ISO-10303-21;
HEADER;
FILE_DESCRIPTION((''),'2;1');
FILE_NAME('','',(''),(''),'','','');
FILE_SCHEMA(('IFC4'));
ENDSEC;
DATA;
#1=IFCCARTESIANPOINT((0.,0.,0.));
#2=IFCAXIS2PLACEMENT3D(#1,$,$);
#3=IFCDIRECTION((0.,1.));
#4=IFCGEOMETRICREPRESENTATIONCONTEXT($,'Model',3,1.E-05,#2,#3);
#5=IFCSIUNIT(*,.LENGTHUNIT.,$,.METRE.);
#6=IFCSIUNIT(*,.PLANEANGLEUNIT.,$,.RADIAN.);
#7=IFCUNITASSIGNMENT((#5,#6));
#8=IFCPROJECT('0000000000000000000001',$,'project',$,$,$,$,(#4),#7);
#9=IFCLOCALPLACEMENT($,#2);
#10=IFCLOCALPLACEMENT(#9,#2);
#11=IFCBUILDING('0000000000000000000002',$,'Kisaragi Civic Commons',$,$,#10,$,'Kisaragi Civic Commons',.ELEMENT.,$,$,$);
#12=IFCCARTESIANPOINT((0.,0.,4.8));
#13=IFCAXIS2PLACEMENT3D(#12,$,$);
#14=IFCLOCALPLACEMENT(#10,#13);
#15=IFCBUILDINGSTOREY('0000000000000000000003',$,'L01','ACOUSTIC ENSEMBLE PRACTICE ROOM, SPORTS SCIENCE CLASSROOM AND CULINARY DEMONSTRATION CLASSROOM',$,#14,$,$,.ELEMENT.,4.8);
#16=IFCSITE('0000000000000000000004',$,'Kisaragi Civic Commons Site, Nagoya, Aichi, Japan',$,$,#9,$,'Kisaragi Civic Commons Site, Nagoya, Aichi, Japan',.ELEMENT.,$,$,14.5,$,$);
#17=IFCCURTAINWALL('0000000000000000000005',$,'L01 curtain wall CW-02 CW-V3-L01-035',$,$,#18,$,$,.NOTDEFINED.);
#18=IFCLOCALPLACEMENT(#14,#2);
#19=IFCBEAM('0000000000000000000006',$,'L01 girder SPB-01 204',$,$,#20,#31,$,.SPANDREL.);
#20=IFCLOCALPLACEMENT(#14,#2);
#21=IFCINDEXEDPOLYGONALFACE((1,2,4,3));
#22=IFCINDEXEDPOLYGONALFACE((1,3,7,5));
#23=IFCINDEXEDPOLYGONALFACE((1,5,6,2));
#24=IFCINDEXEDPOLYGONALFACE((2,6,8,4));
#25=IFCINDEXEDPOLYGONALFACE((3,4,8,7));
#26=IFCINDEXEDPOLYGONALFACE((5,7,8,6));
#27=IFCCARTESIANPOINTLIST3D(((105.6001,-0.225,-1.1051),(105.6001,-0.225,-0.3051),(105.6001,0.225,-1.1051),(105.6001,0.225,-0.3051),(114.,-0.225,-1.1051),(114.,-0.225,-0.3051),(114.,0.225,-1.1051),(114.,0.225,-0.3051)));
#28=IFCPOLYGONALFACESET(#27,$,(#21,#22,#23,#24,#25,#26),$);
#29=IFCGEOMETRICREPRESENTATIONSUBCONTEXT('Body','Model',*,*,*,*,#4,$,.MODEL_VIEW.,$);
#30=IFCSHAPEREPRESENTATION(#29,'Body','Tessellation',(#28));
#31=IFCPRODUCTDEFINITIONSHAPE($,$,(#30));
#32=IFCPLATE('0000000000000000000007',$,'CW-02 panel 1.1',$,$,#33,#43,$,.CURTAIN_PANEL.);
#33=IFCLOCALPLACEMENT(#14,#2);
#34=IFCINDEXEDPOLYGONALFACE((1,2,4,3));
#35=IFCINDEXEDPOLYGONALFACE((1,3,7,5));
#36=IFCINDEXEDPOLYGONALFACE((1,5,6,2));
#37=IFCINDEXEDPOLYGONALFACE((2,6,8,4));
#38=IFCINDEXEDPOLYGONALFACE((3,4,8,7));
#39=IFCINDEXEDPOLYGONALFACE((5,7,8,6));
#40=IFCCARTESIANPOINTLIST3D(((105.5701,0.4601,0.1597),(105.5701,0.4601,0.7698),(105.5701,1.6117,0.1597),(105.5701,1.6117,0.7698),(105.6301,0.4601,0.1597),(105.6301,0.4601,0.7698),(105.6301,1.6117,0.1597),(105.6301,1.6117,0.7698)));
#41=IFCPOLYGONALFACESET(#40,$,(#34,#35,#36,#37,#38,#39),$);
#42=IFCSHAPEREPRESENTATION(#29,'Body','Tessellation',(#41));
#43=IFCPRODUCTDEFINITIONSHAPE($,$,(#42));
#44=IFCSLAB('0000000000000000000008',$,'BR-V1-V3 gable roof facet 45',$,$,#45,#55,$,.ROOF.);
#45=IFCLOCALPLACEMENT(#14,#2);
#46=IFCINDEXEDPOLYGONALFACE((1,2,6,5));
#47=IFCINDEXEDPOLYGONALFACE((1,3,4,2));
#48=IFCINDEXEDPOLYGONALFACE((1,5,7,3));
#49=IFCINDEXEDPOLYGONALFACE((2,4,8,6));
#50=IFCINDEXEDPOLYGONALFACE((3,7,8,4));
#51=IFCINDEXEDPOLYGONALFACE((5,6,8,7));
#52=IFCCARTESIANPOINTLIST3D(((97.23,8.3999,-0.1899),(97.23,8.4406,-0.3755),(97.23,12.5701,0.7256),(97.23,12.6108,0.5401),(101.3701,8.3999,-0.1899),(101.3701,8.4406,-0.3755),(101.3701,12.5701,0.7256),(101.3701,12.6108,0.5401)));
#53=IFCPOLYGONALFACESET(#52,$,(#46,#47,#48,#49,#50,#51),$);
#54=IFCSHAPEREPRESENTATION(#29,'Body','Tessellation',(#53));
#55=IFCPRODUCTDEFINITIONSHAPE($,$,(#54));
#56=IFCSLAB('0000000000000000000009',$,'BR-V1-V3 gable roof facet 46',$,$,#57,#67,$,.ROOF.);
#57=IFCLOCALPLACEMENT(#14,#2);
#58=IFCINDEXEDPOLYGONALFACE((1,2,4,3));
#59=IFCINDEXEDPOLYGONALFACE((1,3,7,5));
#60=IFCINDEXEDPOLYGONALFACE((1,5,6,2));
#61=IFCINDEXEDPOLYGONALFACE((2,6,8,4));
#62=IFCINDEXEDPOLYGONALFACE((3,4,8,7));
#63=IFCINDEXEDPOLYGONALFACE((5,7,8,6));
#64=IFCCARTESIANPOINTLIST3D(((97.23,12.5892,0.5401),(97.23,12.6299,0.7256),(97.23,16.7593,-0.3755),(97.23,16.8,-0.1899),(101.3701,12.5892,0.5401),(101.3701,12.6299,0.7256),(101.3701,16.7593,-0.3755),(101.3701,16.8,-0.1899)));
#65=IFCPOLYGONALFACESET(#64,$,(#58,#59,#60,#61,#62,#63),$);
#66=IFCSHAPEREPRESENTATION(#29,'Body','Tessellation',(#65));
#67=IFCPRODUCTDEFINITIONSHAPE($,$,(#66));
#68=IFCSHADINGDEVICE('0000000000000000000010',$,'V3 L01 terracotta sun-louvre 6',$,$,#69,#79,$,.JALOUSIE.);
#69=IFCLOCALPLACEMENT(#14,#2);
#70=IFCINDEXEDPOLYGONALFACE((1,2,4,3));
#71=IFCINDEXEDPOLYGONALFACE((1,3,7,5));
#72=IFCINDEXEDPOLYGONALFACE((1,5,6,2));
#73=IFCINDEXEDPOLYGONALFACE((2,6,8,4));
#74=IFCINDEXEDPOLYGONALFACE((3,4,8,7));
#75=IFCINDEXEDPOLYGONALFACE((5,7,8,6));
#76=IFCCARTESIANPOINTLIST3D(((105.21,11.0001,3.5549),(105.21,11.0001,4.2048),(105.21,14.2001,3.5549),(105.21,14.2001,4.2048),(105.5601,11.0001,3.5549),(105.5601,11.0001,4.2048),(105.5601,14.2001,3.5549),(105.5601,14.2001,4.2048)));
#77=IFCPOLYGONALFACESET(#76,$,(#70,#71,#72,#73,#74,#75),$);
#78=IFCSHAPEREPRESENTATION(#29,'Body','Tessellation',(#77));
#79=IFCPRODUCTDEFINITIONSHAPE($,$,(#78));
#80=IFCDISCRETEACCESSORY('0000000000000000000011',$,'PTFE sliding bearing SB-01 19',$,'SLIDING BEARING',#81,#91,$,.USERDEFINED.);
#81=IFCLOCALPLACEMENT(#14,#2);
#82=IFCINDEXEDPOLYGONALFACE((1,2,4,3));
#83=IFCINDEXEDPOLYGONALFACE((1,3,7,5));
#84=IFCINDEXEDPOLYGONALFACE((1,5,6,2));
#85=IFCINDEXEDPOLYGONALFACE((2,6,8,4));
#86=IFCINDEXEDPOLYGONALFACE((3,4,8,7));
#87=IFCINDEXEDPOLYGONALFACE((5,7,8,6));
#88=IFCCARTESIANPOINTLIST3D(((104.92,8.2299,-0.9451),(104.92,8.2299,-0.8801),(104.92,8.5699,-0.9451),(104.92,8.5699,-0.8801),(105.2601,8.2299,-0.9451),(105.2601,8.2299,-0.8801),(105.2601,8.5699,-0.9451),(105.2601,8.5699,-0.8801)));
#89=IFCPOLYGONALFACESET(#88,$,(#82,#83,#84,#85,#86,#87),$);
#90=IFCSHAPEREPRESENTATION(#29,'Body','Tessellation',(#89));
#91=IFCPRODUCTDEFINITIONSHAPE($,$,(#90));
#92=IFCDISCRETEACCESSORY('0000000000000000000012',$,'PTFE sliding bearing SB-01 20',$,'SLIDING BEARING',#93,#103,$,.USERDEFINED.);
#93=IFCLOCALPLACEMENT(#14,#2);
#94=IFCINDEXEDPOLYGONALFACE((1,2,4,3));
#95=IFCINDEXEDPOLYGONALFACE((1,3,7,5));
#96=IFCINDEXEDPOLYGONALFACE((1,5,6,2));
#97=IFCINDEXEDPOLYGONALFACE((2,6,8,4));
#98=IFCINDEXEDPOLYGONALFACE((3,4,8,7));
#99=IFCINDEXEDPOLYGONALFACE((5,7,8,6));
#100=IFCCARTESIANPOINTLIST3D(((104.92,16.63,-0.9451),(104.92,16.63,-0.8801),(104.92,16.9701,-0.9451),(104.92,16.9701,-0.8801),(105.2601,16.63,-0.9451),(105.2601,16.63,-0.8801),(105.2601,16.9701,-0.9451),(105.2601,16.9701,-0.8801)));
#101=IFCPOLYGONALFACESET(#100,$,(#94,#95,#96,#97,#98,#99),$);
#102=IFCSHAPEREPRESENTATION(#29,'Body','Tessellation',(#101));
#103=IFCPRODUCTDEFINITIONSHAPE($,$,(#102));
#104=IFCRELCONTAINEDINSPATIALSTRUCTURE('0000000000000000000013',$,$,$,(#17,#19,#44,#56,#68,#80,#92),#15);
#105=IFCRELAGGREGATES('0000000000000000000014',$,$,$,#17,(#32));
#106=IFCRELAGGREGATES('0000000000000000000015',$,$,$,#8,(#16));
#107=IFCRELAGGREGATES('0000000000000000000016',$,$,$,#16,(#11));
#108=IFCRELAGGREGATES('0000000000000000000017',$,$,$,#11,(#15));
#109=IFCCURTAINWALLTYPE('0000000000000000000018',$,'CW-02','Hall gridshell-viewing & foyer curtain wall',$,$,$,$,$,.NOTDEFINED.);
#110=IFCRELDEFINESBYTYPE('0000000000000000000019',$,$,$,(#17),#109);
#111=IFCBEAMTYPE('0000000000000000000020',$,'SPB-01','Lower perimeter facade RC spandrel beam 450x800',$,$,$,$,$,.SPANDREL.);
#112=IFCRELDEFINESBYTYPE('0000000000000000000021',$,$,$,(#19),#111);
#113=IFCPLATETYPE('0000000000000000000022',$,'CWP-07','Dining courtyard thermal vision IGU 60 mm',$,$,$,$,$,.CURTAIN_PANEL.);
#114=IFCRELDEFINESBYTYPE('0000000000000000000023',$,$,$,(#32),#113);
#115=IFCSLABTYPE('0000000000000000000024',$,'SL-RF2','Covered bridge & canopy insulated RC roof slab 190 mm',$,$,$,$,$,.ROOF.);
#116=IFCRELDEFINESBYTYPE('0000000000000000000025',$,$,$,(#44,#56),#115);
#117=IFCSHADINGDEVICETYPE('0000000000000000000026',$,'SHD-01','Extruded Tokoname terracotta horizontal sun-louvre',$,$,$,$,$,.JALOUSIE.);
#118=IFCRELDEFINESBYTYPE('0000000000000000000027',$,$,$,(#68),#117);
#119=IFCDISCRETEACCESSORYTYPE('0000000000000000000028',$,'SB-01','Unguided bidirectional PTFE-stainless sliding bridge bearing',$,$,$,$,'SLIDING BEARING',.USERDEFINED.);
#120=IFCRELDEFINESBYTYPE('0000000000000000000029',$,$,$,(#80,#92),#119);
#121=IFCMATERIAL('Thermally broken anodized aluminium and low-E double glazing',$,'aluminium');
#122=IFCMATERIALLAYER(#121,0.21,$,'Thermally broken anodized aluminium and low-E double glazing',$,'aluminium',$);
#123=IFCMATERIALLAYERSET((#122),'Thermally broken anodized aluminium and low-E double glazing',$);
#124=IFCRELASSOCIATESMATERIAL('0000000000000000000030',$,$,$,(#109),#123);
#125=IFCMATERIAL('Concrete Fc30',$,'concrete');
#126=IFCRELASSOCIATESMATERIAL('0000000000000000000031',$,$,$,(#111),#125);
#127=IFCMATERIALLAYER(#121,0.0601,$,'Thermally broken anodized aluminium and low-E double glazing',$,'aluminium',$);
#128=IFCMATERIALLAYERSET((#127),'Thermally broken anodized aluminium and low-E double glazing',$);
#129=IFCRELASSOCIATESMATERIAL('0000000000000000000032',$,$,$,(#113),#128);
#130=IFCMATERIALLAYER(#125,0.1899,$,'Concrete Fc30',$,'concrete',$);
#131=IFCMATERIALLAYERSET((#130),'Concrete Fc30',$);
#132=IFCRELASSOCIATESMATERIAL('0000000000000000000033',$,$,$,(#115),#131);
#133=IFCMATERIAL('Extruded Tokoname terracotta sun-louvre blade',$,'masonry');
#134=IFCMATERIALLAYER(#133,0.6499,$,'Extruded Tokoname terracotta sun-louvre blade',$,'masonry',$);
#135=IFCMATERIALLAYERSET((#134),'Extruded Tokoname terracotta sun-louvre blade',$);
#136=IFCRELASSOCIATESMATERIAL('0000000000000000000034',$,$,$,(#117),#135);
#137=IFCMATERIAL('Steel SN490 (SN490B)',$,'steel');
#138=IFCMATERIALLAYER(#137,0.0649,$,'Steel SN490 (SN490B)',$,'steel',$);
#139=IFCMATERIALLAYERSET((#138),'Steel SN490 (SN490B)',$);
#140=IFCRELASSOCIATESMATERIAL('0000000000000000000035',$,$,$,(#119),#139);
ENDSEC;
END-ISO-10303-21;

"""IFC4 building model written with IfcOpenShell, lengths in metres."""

from ifc_helpers import new_model, si_unit, direction, frame, origin, origin_2d, place, context, subcontext, project, spatial, polyline, rectangle, outline, extrude, material, layer, layer_set, material_profile, profile_set, type_object, element, aggregate, save


model = new_model("IFC4")

# Units and contexts
model_context = context("Model", 3, precision=1e-05, world=origin(), true_north=direction((0.0, 1.0)))
body_context = subcontext(model_context, "Body", "Model", "MODEL_VIEW")
ifc_project = project(units=[si_unit("LENGTHUNIT", "METRE"), si_unit("PLANEANGLEUNIT", "RADIAN")], contexts=[model_context])

# Site, building, storey
site_placement = place(None, origin())
site = spatial("IfcSite", under=ifc_project, at=site_placement, Name="Kisaragi Civic Commons Site, Nagoya, Aichi, Japan", LongName="Kisaragi Civic Commons Site, Nagoya, Aichi, Japan", CompositionType="ELEMENT", RefElevation=14.5)
building_placement = place(site_placement, origin())
building = spatial("IfcBuilding", under=site, at=building_placement, Name="Kisaragi Civic Commons", LongName="Kisaragi Civic Commons", CompositionType="ELEMENT")
storey_placement = place(building_placement, frame((0.0, 0.0, 4.8)))
storey = spatial("IfcBuildingStorey", under=building, at=storey_placement, Name="L01", Description="ACOUSTIC ENSEMBLE PRACTICE ROOM, SPORTS SCIENCE CLASSROOM AND CULINARY DEMONSTRATION CLASSROOM", CompositionType="ELEMENT", Elevation=4.8)

# Curtain wall
ifc_material_1 = material(Name="Thermally broken anodized aluminium and low-E double glazing", Category="aluminium")
ifc_layer_1 = layer(ifc_material_1, 0.21, Name="Thermally broken anodized aluminium and low-E double glazing", Category="aluminium")
ifc_layer_set_1 = layer_set([ifc_layer_1], Name="Thermally broken anodized aluminium and low-E double glazing")
curtain_wall_type = type_object("IfcCurtainWallType", Name="CW-02", Description="Hall gridshell-viewing & foyer curtain wall", PredefinedType="NOTDEFINED", material=ifc_layer_set_1)
curtain_wall_placement = place(storey_placement, origin())
curtain_wall = element("IfcCurtainWall", 1, at=curtain_wall_placement, inside=storey, type_object=curtain_wall_type, Name="L01 curtain wall CW-02 CW-V3-L01-035", PredefinedType="NOTDEFINED")

# Beam
ifc_material_2 = material(Name="Steel SN490 (SN490B)", Category="steel")
ifc_material_3 = material(Name="Concrete Fc30", Category="concrete")
ifc_material_profile_1 = material_profile(ifc_material_3, rectangle(XDim=0.45, YDim=0.8, at=origin_2d()), Name="RC-450x800", Category="concrete")
ifc_profile_set_1 = profile_set([ifc_material_profile_1], Name="Concrete Fc30")
beam_type_1 = type_object("IfcBeamType", Name="SPB-01", Description="Lower perimeter facade RC spandrel beam 450x800", PredefinedType="SPANDREL", material=ifc_profile_set_1)
beam_1_placement = place(storey_placement, frame((105.6001, 0.0, -0.7051), z_axis=(1.0, 0.0, 0.0), x_axis=(0.0, 1.0, 0.0)))
element("IfcBeam", 2, at=beam_1_placement, inside=storey, type_object=beam_type_1, Name="L01 girder SPB-01 204", PredefinedType="SPANDREL", context=body_context, shape_type="SweptSolid", body=[
    extrude(rectangle(XDim=0.45, YDim=0.8, at=origin_2d()), origin(), (0.0, 0.0, 1.0), 8.3999),
])

# Plate
ifc_layer_2 = layer(ifc_material_1, 0.0601, Name="Thermally broken anodized aluminium and low-E double glazing", Category="aluminium")
ifc_layer_set_2 = layer_set([ifc_layer_2], Name="Thermally broken anodized aluminium and low-E double glazing")
plate_type = type_object("IfcPlateType", Name="CWP-07", Description="Dining courtyard thermal vision IGU 60 mm", PredefinedType="CURTAIN_PANEL", material=ifc_layer_set_2)
plate_placement = place(storey_placement, frame((105.6001, 1.0359, 0.1597), z_axis=(0.0, 0.0, 1.0), x_axis=(0.0, 1.0, 0.0)))
plate = element("IfcPlate", 3, at=plate_placement, type_object=plate_type, Name="CW-02 panel 1.1", PredefinedType="CURTAIN_PANEL", context=body_context, shape_type="SweptSolid", body=[
    extrude(rectangle(XDim=1.1516, YDim=0.0601, at=origin_2d()), origin(), (0.0, 0.0, 1.0), 0.6101),
])
aggregate(curtain_wall, [plate])

# Slabs
ifc_layer_3 = layer(ifc_material_3, 0.1899, Name="Concrete Fc30", Category="concrete")
ifc_layer_set_3 = layer_set([ifc_layer_3], Name="Concrete Fc30")
slab_type = type_object("IfcSlabType", Name="SL-RF2", Description="Covered bridge & canopy insulated RC roof slab 190 mm", PredefinedType="ROOF", material=ifc_layer_set_3)
for number, where, z_axis, x_axis, name in (
    (4, (97.23, 8.3999, -0.1899), (0.0, -0.214435, 0.976738), (1.0, 0.0, 0.0), "BR-V1-V3 gable roof facet 45"),
    (5, (97.23, 12.6299, 0.7256), (0.0, 0.214435, 0.976738), (1.0, 0.0, 0.0), "BR-V1-V3 gable roof facet 46"),
):
    element("IfcSlab", number, at=place(storey_placement, frame(where, z_axis=z_axis, x_axis=x_axis)), inside=storey, type_object=slab_type, Name=name, PredefinedType="ROOF", context=body_context, shape_type="SweptSolid", body=[
        extrude(outline(polyline([(0.0, 0.0), (4.1401, 0.0), (4.1401, 4.2695), (0.0, 4.2695), (0.0, 0.0)])), origin(), (0.0, 0.0, -1.0), 0.1899),
    ])

# Shading device
ifc_material_4 = material(Name="Extruded Tokoname terracotta sun-louvre blade", Category="masonry")
ifc_layer_4 = layer(ifc_material_4, 0.6499, Name="Extruded Tokoname terracotta sun-louvre blade", Category="masonry")
ifc_layer_set_4 = layer_set([ifc_layer_4], Name="Extruded Tokoname terracotta sun-louvre blade")
shading_device_type = type_object("IfcShadingDeviceType", Name="SHD-01", Description="Extruded Tokoname terracotta horizontal sun-louvre", PredefinedType="JALOUSIE", material=ifc_layer_set_4)
shading_device_placement = place(storey_placement, frame((105.385, 12.6001, 3.5549), z_axis=(0.0, 0.0, 1.0), x_axis=(0.0, 1.0, 0.0)))
element("IfcShadingDevice", 6, at=shading_device_placement, inside=storey, type_object=shading_device_type, Name="V3 L01 terracotta sun-louvre 6", PredefinedType="JALOUSIE", context=body_context, shape_type="SweptSolid", body=[
    extrude(rectangle(XDim=3.2, YDim=0.3501, at=origin_2d()), origin(), (0.0, 0.0, 1.0), 0.6499),
])

# Discrete accessories
ifc_layer_5 = layer(ifc_material_2, 0.0649, Name="Steel SN490 (SN490B)", Category="steel")
ifc_layer_set_5 = layer_set([ifc_layer_5], Name="Steel SN490 (SN490B)")
discrete_accessory_type = type_object("IfcDiscreteAccessoryType", Name="SB-01", Description="Unguided bidirectional PTFE-stainless sliding bridge bearing", ElementType="SLIDING BEARING", PredefinedType="USERDEFINED", material=ifc_layer_set_5)
for number, where, z_axis, x_axis, name in (
    (7, (105.0901, 8.3999, -0.9451), (0.0, 0.0, 1.0), (1.0, 0.0, 0.0), "PTFE sliding bearing SB-01 19"),
    (8, (105.0901, 16.8, -0.9451), (0.0, 0.0, 1.0), (1.0, 0.0, 0.0), "PTFE sliding bearing SB-01 20"),
):
    element("IfcDiscreteAccessory", number, at=place(storey_placement, frame(where, z_axis=z_axis, x_axis=x_axis)), inside=storey, type_object=discrete_accessory_type, Name=name, ObjectType="SLIDING BEARING", PredefinedType="USERDEFINED", context=body_context, shape_type="SweptSolid", body=[
        extrude(rectangle(XDim=0.3401, YDim=0.3401, at=origin_2d()), origin(), (0.0, 0.0, 1.0), 0.0649),
    ])

save(model, "model.ifc")
